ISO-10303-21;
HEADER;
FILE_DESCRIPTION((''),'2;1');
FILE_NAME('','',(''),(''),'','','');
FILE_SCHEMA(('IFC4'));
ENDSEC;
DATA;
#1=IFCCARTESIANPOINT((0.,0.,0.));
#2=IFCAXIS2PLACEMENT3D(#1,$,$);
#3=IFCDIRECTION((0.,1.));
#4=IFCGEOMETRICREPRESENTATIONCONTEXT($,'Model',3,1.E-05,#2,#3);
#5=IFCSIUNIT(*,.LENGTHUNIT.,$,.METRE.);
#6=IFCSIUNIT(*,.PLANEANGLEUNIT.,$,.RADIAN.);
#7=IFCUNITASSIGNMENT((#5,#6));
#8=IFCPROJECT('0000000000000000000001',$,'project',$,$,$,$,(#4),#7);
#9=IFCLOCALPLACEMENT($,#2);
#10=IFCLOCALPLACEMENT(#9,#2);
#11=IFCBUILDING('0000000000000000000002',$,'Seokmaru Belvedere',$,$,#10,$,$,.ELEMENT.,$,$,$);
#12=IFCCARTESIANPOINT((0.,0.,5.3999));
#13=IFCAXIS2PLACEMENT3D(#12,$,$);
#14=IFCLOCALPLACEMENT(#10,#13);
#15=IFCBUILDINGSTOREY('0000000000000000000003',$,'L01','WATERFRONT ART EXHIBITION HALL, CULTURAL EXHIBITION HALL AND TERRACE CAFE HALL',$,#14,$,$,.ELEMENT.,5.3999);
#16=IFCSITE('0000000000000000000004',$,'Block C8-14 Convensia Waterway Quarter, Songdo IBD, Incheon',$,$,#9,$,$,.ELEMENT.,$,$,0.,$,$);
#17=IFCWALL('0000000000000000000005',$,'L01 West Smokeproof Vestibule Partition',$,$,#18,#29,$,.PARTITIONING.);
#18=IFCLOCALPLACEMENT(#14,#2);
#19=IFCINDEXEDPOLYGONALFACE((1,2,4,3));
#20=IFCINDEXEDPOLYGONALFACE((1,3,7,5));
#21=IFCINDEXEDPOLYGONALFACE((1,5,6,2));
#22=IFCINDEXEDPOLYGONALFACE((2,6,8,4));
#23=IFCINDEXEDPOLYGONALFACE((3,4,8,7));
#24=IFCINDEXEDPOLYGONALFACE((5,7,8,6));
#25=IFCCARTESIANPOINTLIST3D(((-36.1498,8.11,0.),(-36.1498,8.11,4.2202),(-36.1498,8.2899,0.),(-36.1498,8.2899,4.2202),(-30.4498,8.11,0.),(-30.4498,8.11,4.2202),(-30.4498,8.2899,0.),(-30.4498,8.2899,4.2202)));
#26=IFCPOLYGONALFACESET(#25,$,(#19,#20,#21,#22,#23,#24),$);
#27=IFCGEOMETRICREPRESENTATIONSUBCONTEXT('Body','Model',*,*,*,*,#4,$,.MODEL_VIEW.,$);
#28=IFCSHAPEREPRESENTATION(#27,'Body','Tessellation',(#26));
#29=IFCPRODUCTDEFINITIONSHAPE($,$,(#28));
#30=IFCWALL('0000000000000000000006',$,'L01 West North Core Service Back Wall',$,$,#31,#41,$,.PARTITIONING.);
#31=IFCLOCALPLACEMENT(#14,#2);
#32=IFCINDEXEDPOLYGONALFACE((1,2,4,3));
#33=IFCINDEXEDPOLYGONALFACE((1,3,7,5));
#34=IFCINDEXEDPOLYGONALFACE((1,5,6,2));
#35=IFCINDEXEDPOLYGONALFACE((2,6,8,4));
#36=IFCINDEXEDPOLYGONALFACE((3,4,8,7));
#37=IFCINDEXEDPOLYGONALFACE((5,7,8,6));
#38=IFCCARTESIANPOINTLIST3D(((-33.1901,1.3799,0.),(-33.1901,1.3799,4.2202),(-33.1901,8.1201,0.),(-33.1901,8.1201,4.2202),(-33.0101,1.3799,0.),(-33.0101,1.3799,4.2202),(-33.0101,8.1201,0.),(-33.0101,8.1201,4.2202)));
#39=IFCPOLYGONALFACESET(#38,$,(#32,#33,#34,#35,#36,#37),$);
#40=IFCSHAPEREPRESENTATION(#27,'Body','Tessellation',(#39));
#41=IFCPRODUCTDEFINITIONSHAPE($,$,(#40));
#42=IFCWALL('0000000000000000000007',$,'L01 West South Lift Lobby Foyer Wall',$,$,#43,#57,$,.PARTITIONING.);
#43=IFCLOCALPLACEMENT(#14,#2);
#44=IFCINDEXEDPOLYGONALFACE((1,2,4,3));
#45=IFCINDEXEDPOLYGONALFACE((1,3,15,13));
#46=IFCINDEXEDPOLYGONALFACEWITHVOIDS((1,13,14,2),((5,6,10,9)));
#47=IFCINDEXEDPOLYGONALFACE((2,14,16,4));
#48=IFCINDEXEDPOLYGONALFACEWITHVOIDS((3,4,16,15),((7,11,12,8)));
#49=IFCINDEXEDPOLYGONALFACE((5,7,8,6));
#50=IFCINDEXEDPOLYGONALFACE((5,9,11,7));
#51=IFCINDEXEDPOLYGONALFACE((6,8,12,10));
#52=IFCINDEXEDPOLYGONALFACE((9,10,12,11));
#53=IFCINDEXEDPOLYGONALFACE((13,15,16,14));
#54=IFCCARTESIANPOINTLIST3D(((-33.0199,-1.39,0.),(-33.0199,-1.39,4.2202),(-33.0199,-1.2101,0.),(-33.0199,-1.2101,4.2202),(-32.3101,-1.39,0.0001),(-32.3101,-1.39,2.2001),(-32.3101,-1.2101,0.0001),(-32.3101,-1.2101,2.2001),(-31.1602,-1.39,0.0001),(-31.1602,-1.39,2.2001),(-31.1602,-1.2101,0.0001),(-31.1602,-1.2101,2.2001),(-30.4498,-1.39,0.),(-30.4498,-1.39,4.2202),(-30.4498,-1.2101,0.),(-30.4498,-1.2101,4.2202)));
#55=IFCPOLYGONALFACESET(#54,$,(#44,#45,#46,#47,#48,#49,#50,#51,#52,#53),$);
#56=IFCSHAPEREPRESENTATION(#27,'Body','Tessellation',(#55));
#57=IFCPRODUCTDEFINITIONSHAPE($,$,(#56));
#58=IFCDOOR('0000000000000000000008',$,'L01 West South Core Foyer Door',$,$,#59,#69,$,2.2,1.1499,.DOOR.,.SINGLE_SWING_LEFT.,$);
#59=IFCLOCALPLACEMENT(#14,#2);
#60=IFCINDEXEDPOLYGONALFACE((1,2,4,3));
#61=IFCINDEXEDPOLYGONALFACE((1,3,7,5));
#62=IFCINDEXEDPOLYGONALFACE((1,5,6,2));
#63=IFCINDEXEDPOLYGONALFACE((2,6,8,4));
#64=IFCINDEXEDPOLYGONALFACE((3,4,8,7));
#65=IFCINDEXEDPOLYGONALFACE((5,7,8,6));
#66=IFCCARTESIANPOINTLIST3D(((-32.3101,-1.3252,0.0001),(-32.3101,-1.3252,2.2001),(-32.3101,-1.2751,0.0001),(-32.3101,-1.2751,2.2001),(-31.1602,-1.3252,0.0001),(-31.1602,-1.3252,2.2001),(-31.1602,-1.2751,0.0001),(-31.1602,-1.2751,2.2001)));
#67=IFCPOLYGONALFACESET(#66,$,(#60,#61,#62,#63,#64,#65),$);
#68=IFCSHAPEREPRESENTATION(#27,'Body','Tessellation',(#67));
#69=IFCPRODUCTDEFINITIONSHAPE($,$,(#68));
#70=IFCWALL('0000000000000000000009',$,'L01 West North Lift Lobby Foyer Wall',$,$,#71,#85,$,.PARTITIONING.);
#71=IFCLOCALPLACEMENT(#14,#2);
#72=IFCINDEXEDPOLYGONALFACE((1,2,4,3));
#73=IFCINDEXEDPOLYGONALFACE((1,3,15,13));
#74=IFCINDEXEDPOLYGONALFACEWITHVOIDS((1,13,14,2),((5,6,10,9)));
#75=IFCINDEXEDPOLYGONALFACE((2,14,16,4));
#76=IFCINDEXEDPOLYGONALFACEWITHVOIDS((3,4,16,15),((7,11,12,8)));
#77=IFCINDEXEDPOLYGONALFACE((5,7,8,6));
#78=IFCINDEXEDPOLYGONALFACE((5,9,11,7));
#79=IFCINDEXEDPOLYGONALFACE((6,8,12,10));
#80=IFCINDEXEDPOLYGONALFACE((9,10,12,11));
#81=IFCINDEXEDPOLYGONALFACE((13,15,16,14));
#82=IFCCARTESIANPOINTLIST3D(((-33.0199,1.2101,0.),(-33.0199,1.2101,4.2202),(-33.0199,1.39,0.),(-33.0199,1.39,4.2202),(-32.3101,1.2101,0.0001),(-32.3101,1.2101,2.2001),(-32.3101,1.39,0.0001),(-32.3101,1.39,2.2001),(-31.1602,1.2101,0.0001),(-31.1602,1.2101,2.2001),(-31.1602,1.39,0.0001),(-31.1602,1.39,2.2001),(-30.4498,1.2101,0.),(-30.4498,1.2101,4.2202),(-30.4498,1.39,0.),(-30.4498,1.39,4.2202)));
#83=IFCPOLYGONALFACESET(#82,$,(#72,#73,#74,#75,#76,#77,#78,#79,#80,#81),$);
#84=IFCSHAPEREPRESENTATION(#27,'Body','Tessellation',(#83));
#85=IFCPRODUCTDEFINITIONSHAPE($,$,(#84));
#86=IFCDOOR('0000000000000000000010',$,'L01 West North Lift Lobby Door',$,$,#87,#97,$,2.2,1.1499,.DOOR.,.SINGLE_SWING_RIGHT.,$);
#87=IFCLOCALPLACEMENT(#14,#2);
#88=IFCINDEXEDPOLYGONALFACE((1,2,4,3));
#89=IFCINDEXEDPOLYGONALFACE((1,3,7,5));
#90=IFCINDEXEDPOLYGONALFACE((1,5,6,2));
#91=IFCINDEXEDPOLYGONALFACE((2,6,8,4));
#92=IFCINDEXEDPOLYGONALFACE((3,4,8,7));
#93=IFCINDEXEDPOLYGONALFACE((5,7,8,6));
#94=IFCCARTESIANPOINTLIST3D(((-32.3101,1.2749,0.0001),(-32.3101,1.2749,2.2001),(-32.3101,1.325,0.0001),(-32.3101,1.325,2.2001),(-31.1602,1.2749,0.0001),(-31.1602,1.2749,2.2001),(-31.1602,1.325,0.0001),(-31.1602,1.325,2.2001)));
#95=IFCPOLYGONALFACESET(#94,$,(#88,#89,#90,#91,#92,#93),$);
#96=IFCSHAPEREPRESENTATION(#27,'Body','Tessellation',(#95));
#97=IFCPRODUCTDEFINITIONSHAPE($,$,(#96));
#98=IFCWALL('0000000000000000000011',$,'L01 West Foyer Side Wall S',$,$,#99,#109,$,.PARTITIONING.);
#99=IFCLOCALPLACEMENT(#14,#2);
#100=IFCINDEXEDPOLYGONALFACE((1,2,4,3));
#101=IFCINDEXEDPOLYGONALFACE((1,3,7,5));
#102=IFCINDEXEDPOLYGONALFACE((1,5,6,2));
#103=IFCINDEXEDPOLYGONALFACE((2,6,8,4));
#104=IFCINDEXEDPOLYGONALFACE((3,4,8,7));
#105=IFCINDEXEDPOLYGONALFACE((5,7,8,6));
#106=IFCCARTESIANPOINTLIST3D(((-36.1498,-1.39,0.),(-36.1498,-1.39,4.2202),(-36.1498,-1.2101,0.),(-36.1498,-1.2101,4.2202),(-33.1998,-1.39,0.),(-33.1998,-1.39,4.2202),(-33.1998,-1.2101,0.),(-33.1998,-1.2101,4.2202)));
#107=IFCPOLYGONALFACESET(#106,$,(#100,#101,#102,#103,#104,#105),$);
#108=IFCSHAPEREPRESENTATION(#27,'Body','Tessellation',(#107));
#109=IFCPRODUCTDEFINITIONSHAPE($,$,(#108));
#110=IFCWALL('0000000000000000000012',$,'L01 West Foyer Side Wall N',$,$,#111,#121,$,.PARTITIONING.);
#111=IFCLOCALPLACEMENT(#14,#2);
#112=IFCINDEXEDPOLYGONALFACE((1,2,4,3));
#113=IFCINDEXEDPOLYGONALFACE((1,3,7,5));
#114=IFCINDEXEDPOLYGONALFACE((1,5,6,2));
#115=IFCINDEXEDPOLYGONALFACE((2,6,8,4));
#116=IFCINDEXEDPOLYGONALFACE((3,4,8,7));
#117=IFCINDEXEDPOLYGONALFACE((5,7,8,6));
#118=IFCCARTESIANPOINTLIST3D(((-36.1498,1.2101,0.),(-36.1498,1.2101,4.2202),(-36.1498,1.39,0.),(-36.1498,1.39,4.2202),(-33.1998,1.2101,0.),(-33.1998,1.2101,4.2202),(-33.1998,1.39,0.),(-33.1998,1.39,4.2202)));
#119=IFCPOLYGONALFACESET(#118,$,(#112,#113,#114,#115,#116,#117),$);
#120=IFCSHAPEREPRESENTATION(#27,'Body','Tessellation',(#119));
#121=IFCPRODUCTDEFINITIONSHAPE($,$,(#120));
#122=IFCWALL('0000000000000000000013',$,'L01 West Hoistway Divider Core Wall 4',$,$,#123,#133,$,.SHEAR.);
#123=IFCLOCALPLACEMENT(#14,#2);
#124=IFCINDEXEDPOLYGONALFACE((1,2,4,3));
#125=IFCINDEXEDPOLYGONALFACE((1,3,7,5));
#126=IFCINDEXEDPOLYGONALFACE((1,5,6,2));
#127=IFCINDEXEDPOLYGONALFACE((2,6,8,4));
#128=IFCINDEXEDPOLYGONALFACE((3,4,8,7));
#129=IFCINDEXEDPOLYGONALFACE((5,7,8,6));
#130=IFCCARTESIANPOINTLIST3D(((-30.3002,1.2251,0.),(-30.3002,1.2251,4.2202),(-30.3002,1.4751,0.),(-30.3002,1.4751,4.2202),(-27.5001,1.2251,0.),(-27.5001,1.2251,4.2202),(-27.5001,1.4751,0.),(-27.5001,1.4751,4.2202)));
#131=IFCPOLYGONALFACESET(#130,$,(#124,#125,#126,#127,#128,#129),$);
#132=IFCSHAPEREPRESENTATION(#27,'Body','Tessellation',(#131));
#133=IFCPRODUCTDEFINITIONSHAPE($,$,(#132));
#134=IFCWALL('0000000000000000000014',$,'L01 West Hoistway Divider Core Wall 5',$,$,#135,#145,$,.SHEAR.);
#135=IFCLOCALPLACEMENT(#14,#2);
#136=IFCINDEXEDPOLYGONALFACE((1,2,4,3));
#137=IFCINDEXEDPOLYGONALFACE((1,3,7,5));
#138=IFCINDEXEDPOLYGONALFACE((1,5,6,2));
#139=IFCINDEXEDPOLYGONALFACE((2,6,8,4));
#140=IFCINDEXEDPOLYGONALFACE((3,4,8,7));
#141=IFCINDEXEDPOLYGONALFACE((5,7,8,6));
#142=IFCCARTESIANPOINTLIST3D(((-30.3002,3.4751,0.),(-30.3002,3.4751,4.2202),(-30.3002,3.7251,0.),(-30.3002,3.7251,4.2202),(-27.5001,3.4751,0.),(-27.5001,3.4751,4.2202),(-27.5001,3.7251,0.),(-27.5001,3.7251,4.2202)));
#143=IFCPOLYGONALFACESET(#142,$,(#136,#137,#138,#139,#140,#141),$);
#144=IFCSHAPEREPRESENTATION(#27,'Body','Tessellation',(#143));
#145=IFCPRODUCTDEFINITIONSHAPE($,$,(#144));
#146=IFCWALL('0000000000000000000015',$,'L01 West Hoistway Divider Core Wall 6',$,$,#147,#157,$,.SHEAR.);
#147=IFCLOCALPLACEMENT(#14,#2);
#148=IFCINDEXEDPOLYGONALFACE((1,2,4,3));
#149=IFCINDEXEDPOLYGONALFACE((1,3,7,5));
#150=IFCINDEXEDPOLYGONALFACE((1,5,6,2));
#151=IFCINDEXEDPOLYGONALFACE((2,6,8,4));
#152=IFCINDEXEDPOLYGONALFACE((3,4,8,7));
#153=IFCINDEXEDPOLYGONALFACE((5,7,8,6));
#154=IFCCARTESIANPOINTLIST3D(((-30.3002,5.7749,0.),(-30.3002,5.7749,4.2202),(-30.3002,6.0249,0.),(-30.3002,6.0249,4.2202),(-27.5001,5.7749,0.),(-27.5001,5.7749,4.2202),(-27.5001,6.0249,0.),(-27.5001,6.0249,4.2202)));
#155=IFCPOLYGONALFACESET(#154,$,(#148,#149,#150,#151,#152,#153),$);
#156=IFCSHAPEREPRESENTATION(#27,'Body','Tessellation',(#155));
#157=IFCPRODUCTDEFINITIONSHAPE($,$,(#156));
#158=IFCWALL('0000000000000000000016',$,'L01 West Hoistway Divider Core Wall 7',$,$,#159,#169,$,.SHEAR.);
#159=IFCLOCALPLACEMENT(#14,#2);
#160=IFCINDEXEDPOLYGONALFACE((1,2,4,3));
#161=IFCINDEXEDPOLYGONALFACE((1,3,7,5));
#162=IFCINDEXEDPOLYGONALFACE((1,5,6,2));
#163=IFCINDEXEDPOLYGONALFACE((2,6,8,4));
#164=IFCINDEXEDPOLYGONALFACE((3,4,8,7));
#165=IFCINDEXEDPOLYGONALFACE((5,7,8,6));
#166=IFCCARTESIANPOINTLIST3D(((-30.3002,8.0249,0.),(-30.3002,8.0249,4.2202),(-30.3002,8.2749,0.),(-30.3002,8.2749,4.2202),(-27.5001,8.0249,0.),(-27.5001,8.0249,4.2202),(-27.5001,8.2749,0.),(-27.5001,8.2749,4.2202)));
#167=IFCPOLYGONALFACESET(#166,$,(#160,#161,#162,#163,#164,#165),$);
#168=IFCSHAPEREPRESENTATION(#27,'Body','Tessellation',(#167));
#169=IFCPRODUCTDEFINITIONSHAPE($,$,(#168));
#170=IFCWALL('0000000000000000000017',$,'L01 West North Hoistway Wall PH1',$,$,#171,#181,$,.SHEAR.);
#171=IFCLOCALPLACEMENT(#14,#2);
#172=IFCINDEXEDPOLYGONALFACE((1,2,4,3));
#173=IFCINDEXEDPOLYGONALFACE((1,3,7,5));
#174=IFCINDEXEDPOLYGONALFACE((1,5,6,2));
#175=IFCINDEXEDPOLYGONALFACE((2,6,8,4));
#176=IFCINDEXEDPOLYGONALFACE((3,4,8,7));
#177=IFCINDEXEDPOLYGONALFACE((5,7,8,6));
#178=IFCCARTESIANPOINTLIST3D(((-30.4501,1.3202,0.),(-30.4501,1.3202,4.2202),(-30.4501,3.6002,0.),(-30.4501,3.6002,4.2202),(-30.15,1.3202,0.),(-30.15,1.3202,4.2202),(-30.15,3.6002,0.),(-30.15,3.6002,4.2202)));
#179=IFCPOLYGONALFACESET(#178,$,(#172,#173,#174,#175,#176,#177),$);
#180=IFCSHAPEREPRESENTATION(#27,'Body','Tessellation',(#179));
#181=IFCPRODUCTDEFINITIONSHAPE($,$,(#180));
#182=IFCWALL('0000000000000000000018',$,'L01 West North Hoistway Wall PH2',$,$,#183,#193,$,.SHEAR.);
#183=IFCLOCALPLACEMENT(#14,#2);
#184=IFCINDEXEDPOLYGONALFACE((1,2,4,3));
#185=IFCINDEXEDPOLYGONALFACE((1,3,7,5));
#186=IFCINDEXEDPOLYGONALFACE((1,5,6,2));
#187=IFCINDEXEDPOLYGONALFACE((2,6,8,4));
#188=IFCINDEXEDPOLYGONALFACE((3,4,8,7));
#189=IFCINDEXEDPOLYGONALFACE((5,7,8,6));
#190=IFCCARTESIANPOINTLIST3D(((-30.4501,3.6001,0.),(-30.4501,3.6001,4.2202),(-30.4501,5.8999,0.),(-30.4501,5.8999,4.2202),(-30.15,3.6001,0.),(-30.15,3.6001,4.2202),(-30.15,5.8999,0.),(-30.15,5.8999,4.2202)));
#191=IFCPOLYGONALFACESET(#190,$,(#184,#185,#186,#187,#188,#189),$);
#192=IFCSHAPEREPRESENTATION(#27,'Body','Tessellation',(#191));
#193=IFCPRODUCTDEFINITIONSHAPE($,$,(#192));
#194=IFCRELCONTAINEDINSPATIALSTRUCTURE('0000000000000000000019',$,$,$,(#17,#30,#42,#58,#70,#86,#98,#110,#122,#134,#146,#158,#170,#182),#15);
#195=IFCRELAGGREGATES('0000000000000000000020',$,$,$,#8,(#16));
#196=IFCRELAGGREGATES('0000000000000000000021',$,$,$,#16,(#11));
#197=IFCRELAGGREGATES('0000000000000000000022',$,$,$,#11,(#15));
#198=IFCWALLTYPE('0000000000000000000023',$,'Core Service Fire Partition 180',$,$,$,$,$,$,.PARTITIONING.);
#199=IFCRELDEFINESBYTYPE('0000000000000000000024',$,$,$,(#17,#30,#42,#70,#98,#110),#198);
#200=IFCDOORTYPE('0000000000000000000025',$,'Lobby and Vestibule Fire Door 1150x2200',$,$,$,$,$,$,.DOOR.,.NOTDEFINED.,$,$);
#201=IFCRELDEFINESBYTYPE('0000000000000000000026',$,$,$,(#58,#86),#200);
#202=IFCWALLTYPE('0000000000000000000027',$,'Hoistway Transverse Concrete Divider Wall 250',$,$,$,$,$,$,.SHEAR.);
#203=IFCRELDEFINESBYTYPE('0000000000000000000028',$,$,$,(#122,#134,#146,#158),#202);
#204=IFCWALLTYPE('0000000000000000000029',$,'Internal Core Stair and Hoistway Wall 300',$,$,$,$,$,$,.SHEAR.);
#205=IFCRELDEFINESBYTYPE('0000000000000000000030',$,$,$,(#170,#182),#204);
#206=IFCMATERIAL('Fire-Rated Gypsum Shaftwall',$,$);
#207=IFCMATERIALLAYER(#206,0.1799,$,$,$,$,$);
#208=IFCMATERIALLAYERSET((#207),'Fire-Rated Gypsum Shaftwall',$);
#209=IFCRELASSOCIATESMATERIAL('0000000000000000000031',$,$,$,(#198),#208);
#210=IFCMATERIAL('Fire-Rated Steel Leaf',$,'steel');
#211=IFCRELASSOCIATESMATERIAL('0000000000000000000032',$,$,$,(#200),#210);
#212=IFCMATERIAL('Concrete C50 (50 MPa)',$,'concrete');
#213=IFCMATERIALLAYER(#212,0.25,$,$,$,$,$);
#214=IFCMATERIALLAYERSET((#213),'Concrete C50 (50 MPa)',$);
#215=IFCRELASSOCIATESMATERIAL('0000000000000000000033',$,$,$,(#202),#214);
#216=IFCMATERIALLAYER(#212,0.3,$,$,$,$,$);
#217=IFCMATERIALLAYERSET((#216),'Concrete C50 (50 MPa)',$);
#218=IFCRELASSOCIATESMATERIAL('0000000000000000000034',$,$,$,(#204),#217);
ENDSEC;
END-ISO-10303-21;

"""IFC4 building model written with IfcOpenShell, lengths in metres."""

from ifc_helpers import new_model, si_unit, direction, frame, frame_2d, origin, place, context, subcontext, project, spatial, rectangle, extrude, source, transform, mapped, material, layer, layer_set, type_object, type_shapes, element, fill, save


model = new_model("IFC4")

# Units and contexts
model_context = context("Model", 3, precision=1e-05, world=origin(), true_north=direction((0.0, 1.0)))
body_context = subcontext(model_context, "Body", "Model", "MODEL_VIEW")
ifc_project = project(units=[si_unit("LENGTHUNIT", "METRE"), si_unit("PLANEANGLEUNIT", "RADIAN")], contexts=[model_context])

# Site, building, storey
site_placement = place(None, origin())
site = spatial("IfcSite", under=ifc_project, at=site_placement, Name="Block C8-14 Convensia Waterway Quarter, Songdo IBD, Incheon", CompositionType="ELEMENT", RefElevation=0.0)
building_placement = place(site_placement, origin())
building = spatial("IfcBuilding", under=site, at=building_placement, Name="Seokmaru Belvedere", CompositionType="ELEMENT")
storey_placement = place(building_placement, frame((0.0, 0.0, 5.3999)))
storey = spatial("IfcBuildingStorey", under=building, at=storey_placement, Name="L01", Description="WATERFRONT ART EXHIBITION HALL, CULTURAL EXHIBITION HALL AND TERRACE CAFE HALL", CompositionType="ELEMENT", Elevation=5.3999)

# Shared definitions
ifc_material_1 = material(Name="Concrete C50 (50 MPa)", Category="concrete")

# Walls
ifc_material_2 = material(Name="Fire-Rated Gypsum Shaftwall")
ifc_layer_1 = layer(ifc_material_2, 0.1799)
ifc_layer_set_1 = layer_set([ifc_layer_1], Name="Fire-Rated Gypsum Shaftwall")
wall_type_1 = type_object("IfcWallType", Name="Core Service Fire Partition 180", PredefinedType="PARTITIONING", material=ifc_layer_set_1)
wall_1_placement = place(storey_placement, frame((-36.1499, 8.2, 0.0), z_axis=(0.0, 0.0, 1.0), x_axis=(1.0, 0.0, 0.0)))
element("IfcWall", 1, at=wall_1_placement, inside=storey, type_object=wall_type_1, Name="L01 West Smokeproof Vestibule Partition", PredefinedType="PARTITIONING", context=body_context, shape_type="SweptSolid", body=[
    extrude(rectangle(XDim=5.7, YDim=0.1799, at=frame_2d((2.8501, 0.0))), origin(), (0.0, 0.0, 1.0), 4.2202),
])
wall_2_placement = place(storey_placement, frame((-33.1001, 1.3799, 0.0), z_axis=(0.0, 0.0, 1.0), x_axis=(0.0, 1.0, 0.0)))
element("IfcWall", 2, at=wall_2_placement, inside=storey, type_object=wall_type_1, Name="L01 West North Core Service Back Wall", PredefinedType="PARTITIONING", context=body_context, shape_type="SweptSolid", body=[
    extrude(rectangle(XDim=6.7402, YDim=0.1799, at=frame_2d((3.3701, 0.0))), origin(), (0.0, 0.0, 1.0), 4.2202),
])

# Walls, openings, doors
wall_3_placement = place(storey_placement, frame((-33.02, -1.3, 0.0), z_axis=(0.0, 0.0, 1.0), x_axis=(1.0, 0.0, 0.0)))
wall_3 = element("IfcWall", 3, at=wall_3_placement, inside=storey, type_object=wall_type_1, Name="L01 West South Lift Lobby Foyer Wall", PredefinedType="PARTITIONING", context=body_context, shape_type="SweptSolid", body=[
    extrude(rectangle(XDim=2.5701, YDim=0.1799, at=frame_2d((1.2852, 0.0))), origin(), (0.0, 0.0, 1.0), 4.2202),
])
opening_1_placement = place(wall_3_placement, frame((0.71, 0.0, 0.0)))
opening_1 = element("IfcOpeningElement", 4, at=opening_1_placement, cuts=wall_3, PredefinedType="OPENING", context=body_context, shape_type="SweptSolid", body=[
    extrude(rectangle(XDim=1.1499, YDim=2.2, at=frame_2d((0.575, 1.1001))), frame((0.0, 0.1001, 0.0), z_axis=(0.0, -1.0, 0.0), x_axis=(1.0, 0.0, 0.0)), (0.0, 0.0, 1.0), 0.2),
])
ifc_material_3 = material(Name="Fire-Rated Steel Leaf", Category="steel")
door_type_1 = type_object("IfcDoorType", Name="Lobby and Vestibule Fire Door 1150x2200", OperationType="NOTDEFINED", PredefinedType="DOOR", material=ifc_material_3)
shared_shape_1 = source(origin(), body_context, "Body", "SweptSolid", [
    extrude(rectangle(XDim=1.1499, YDim=2.2, at=frame_2d((0.575, 1.1001))), frame((0.0, 0.0249, 0.0), z_axis=(0.0, -1.0, 0.0), x_axis=(1.0, 0.0, 0.0)), (0.0, 0.0, 1.0), 0.05),
])
type_shapes(door_type_1, [shared_shape_1])
door_1_placement = place(opening_1_placement, origin())
door_1 = element("IfcDoor", 5, at=door_1_placement, inside=storey, type_object=door_type_1, Name="L01 West South Core Foyer Door", OperationType="SINGLE_SWING_LEFT", OverallHeight=2.2, OverallWidth=1.1499, PredefinedType="DOOR", context=body_context, shape_type="MappedRepresentation", body=[
    mapped(shared_shape_1, transform((0.0, 0.0, 0.0), scale=1.0)),
])
fill(opening_1, door_1)
wall_4_placement = place(storey_placement, frame((-33.02, 1.3, 0.0), z_axis=(0.0, 0.0, 1.0), x_axis=(1.0, 0.0, 0.0)))
wall_4 = element("IfcWall", 6, at=wall_4_placement, inside=storey, type_object=wall_type_1, Name="L01 West North Lift Lobby Foyer Wall", PredefinedType="PARTITIONING", context=body_context, shape_type="SweptSolid", body=[
    extrude(rectangle(XDim=2.5701, YDim=0.1799, at=frame_2d((1.2852, 0.0))), origin(), (0.0, 0.0, 1.0), 4.2202),
])
opening_2_placement = place(wall_4_placement, frame((0.71, 0.0, 0.0)))
opening_2 = element("IfcOpeningElement", 7, at=opening_2_placement, cuts=wall_4, PredefinedType="OPENING", context=body_context, shape_type="SweptSolid", body=[
    extrude(rectangle(XDim=1.1499, YDim=2.2, at=frame_2d((0.575, 1.1001))), frame((0.0, 0.1001, 0.0), z_axis=(0.0, -1.0, 0.0), x_axis=(1.0, 0.0, 0.0)), (0.0, 0.0, 1.0), 0.2),
])
door_2_placement = place(opening_2_placement, origin())
door_2 = element("IfcDoor", 8, at=door_2_placement, inside=storey, type_object=door_type_1, Name="L01 West North Lift Lobby Door", OperationType="SINGLE_SWING_RIGHT", OverallHeight=2.2, OverallWidth=1.1499, PredefinedType="DOOR", context=body_context, shape_type="MappedRepresentation", body=[
    mapped(shared_shape_1, transform((0.0, 0.0, 0.0), scale=1.0)),
])
fill(opening_2, door_2)

# Walls
for number, where, z_axis, x_axis, name in (
    (9, (-36.1499, -1.3, 0.0), (0.0, 0.0, 1.0), (1.0, 0.0, 0.0), "L01 West Foyer Side Wall S"),
    (10, (-36.1499, 1.3, 0.0), (0.0, 0.0, 1.0), (1.0, 0.0, 0.0), "L01 West Foyer Side Wall N"),
):
    element("IfcWall", number, at=place(storey_placement, frame(where, z_axis=z_axis, x_axis=x_axis)), inside=storey, type_object=wall_type_1, Name=name, PredefinedType="PARTITIONING", context=body_context, shape_type="SweptSolid", body=[
        extrude(rectangle(XDim=2.95, YDim=0.1799, at=frame_2d((1.4751, 0.0))), origin(), (0.0, 0.0, 1.0), 4.2202),
    ])
ifc_layer_2 = layer(ifc_material_1, 0.25)
ifc_layer_set_2 = layer_set([ifc_layer_2], Name="Concrete C50 (50 MPa)")
wall_type_2 = type_object("IfcWallType", Name="Hoistway Transverse Concrete Divider Wall 250", PredefinedType="SHEAR", material=ifc_layer_set_2)
for number, where, z_axis, x_axis, name in (
    (11, (-30.3, 1.3501, 0.0), (0.0, 0.0, 1.0), (1.0, 0.0, 0.0), "L01 West Hoistway Divider Core Wall 4"),
    (12, (-30.3, 3.6001, 0.0), (0.0, 0.0, 1.0), (1.0, 0.0, 0.0), "L01 West Hoistway Divider Core Wall 5"),
    (13, (-30.3, 5.8999, 0.0), (0.0, 0.0, 1.0), (1.0, 0.0, 0.0), "L01 West Hoistway Divider Core Wall 6"),
    (14, (-30.3, 8.1499, 0.0), (0.0, 0.0, 1.0), (1.0, 0.0, 0.0), "L01 West Hoistway Divider Core Wall 7"),
):
    element("IfcWall", number, at=place(storey_placement, frame(where, z_axis=z_axis, x_axis=x_axis)), inside=storey, type_object=wall_type_2, Name=name, PredefinedType="SHEAR", context=body_context, shape_type="SweptSolid", body=[
        extrude(rectangle(XDim=2.8, YDim=0.25, at=frame_2d((1.3999, 0.0))), origin(), (0.0, 0.0, 1.0), 4.2202),
    ])
ifc_layer_3 = layer(ifc_material_1, 0.3)
ifc_layer_set_3 = layer_set([ifc_layer_3], Name="Concrete C50 (50 MPa)")
wall_type_3 = type_object("IfcWallType", Name="Internal Core Stair and Hoistway Wall 300", PredefinedType="SHEAR", material=ifc_layer_set_3)
wall_5_placement = place(storey_placement, frame((-30.3, 1.3201, 0.0), z_axis=(0.0, 0.0, 1.0), x_axis=(0.0, 1.0, 0.0)))
element("IfcWall", 15, at=wall_5_placement, inside=storey, type_object=wall_type_3, Name="L01 West North Hoistway Wall PH1", PredefinedType="SHEAR", context=body_context, shape_type="SweptSolid", body=[
    extrude(rectangle(XDim=2.28, YDim=0.3, at=frame_2d((1.1401, 0.0))), origin(), (0.0, 0.0, 1.0), 4.2202),
])
wall_6_placement = place(storey_placement, frame((-30.3, 3.6001, 0.0), z_axis=(0.0, 0.0, 1.0), x_axis=(0.0, 1.0, 0.0)))
element("IfcWall", 16, at=wall_6_placement, inside=storey, type_object=wall_type_3, Name="L01 West North Hoistway Wall PH2", PredefinedType="SHEAR", context=body_context, shape_type="SweptSolid", body=[
    extrude(rectangle(XDim=2.2998, YDim=0.3, at=frame_2d((1.1499, 0.0))), origin(), (0.0, 0.0, 1.0), 4.2202),
])

save(model, "model.ifc")
